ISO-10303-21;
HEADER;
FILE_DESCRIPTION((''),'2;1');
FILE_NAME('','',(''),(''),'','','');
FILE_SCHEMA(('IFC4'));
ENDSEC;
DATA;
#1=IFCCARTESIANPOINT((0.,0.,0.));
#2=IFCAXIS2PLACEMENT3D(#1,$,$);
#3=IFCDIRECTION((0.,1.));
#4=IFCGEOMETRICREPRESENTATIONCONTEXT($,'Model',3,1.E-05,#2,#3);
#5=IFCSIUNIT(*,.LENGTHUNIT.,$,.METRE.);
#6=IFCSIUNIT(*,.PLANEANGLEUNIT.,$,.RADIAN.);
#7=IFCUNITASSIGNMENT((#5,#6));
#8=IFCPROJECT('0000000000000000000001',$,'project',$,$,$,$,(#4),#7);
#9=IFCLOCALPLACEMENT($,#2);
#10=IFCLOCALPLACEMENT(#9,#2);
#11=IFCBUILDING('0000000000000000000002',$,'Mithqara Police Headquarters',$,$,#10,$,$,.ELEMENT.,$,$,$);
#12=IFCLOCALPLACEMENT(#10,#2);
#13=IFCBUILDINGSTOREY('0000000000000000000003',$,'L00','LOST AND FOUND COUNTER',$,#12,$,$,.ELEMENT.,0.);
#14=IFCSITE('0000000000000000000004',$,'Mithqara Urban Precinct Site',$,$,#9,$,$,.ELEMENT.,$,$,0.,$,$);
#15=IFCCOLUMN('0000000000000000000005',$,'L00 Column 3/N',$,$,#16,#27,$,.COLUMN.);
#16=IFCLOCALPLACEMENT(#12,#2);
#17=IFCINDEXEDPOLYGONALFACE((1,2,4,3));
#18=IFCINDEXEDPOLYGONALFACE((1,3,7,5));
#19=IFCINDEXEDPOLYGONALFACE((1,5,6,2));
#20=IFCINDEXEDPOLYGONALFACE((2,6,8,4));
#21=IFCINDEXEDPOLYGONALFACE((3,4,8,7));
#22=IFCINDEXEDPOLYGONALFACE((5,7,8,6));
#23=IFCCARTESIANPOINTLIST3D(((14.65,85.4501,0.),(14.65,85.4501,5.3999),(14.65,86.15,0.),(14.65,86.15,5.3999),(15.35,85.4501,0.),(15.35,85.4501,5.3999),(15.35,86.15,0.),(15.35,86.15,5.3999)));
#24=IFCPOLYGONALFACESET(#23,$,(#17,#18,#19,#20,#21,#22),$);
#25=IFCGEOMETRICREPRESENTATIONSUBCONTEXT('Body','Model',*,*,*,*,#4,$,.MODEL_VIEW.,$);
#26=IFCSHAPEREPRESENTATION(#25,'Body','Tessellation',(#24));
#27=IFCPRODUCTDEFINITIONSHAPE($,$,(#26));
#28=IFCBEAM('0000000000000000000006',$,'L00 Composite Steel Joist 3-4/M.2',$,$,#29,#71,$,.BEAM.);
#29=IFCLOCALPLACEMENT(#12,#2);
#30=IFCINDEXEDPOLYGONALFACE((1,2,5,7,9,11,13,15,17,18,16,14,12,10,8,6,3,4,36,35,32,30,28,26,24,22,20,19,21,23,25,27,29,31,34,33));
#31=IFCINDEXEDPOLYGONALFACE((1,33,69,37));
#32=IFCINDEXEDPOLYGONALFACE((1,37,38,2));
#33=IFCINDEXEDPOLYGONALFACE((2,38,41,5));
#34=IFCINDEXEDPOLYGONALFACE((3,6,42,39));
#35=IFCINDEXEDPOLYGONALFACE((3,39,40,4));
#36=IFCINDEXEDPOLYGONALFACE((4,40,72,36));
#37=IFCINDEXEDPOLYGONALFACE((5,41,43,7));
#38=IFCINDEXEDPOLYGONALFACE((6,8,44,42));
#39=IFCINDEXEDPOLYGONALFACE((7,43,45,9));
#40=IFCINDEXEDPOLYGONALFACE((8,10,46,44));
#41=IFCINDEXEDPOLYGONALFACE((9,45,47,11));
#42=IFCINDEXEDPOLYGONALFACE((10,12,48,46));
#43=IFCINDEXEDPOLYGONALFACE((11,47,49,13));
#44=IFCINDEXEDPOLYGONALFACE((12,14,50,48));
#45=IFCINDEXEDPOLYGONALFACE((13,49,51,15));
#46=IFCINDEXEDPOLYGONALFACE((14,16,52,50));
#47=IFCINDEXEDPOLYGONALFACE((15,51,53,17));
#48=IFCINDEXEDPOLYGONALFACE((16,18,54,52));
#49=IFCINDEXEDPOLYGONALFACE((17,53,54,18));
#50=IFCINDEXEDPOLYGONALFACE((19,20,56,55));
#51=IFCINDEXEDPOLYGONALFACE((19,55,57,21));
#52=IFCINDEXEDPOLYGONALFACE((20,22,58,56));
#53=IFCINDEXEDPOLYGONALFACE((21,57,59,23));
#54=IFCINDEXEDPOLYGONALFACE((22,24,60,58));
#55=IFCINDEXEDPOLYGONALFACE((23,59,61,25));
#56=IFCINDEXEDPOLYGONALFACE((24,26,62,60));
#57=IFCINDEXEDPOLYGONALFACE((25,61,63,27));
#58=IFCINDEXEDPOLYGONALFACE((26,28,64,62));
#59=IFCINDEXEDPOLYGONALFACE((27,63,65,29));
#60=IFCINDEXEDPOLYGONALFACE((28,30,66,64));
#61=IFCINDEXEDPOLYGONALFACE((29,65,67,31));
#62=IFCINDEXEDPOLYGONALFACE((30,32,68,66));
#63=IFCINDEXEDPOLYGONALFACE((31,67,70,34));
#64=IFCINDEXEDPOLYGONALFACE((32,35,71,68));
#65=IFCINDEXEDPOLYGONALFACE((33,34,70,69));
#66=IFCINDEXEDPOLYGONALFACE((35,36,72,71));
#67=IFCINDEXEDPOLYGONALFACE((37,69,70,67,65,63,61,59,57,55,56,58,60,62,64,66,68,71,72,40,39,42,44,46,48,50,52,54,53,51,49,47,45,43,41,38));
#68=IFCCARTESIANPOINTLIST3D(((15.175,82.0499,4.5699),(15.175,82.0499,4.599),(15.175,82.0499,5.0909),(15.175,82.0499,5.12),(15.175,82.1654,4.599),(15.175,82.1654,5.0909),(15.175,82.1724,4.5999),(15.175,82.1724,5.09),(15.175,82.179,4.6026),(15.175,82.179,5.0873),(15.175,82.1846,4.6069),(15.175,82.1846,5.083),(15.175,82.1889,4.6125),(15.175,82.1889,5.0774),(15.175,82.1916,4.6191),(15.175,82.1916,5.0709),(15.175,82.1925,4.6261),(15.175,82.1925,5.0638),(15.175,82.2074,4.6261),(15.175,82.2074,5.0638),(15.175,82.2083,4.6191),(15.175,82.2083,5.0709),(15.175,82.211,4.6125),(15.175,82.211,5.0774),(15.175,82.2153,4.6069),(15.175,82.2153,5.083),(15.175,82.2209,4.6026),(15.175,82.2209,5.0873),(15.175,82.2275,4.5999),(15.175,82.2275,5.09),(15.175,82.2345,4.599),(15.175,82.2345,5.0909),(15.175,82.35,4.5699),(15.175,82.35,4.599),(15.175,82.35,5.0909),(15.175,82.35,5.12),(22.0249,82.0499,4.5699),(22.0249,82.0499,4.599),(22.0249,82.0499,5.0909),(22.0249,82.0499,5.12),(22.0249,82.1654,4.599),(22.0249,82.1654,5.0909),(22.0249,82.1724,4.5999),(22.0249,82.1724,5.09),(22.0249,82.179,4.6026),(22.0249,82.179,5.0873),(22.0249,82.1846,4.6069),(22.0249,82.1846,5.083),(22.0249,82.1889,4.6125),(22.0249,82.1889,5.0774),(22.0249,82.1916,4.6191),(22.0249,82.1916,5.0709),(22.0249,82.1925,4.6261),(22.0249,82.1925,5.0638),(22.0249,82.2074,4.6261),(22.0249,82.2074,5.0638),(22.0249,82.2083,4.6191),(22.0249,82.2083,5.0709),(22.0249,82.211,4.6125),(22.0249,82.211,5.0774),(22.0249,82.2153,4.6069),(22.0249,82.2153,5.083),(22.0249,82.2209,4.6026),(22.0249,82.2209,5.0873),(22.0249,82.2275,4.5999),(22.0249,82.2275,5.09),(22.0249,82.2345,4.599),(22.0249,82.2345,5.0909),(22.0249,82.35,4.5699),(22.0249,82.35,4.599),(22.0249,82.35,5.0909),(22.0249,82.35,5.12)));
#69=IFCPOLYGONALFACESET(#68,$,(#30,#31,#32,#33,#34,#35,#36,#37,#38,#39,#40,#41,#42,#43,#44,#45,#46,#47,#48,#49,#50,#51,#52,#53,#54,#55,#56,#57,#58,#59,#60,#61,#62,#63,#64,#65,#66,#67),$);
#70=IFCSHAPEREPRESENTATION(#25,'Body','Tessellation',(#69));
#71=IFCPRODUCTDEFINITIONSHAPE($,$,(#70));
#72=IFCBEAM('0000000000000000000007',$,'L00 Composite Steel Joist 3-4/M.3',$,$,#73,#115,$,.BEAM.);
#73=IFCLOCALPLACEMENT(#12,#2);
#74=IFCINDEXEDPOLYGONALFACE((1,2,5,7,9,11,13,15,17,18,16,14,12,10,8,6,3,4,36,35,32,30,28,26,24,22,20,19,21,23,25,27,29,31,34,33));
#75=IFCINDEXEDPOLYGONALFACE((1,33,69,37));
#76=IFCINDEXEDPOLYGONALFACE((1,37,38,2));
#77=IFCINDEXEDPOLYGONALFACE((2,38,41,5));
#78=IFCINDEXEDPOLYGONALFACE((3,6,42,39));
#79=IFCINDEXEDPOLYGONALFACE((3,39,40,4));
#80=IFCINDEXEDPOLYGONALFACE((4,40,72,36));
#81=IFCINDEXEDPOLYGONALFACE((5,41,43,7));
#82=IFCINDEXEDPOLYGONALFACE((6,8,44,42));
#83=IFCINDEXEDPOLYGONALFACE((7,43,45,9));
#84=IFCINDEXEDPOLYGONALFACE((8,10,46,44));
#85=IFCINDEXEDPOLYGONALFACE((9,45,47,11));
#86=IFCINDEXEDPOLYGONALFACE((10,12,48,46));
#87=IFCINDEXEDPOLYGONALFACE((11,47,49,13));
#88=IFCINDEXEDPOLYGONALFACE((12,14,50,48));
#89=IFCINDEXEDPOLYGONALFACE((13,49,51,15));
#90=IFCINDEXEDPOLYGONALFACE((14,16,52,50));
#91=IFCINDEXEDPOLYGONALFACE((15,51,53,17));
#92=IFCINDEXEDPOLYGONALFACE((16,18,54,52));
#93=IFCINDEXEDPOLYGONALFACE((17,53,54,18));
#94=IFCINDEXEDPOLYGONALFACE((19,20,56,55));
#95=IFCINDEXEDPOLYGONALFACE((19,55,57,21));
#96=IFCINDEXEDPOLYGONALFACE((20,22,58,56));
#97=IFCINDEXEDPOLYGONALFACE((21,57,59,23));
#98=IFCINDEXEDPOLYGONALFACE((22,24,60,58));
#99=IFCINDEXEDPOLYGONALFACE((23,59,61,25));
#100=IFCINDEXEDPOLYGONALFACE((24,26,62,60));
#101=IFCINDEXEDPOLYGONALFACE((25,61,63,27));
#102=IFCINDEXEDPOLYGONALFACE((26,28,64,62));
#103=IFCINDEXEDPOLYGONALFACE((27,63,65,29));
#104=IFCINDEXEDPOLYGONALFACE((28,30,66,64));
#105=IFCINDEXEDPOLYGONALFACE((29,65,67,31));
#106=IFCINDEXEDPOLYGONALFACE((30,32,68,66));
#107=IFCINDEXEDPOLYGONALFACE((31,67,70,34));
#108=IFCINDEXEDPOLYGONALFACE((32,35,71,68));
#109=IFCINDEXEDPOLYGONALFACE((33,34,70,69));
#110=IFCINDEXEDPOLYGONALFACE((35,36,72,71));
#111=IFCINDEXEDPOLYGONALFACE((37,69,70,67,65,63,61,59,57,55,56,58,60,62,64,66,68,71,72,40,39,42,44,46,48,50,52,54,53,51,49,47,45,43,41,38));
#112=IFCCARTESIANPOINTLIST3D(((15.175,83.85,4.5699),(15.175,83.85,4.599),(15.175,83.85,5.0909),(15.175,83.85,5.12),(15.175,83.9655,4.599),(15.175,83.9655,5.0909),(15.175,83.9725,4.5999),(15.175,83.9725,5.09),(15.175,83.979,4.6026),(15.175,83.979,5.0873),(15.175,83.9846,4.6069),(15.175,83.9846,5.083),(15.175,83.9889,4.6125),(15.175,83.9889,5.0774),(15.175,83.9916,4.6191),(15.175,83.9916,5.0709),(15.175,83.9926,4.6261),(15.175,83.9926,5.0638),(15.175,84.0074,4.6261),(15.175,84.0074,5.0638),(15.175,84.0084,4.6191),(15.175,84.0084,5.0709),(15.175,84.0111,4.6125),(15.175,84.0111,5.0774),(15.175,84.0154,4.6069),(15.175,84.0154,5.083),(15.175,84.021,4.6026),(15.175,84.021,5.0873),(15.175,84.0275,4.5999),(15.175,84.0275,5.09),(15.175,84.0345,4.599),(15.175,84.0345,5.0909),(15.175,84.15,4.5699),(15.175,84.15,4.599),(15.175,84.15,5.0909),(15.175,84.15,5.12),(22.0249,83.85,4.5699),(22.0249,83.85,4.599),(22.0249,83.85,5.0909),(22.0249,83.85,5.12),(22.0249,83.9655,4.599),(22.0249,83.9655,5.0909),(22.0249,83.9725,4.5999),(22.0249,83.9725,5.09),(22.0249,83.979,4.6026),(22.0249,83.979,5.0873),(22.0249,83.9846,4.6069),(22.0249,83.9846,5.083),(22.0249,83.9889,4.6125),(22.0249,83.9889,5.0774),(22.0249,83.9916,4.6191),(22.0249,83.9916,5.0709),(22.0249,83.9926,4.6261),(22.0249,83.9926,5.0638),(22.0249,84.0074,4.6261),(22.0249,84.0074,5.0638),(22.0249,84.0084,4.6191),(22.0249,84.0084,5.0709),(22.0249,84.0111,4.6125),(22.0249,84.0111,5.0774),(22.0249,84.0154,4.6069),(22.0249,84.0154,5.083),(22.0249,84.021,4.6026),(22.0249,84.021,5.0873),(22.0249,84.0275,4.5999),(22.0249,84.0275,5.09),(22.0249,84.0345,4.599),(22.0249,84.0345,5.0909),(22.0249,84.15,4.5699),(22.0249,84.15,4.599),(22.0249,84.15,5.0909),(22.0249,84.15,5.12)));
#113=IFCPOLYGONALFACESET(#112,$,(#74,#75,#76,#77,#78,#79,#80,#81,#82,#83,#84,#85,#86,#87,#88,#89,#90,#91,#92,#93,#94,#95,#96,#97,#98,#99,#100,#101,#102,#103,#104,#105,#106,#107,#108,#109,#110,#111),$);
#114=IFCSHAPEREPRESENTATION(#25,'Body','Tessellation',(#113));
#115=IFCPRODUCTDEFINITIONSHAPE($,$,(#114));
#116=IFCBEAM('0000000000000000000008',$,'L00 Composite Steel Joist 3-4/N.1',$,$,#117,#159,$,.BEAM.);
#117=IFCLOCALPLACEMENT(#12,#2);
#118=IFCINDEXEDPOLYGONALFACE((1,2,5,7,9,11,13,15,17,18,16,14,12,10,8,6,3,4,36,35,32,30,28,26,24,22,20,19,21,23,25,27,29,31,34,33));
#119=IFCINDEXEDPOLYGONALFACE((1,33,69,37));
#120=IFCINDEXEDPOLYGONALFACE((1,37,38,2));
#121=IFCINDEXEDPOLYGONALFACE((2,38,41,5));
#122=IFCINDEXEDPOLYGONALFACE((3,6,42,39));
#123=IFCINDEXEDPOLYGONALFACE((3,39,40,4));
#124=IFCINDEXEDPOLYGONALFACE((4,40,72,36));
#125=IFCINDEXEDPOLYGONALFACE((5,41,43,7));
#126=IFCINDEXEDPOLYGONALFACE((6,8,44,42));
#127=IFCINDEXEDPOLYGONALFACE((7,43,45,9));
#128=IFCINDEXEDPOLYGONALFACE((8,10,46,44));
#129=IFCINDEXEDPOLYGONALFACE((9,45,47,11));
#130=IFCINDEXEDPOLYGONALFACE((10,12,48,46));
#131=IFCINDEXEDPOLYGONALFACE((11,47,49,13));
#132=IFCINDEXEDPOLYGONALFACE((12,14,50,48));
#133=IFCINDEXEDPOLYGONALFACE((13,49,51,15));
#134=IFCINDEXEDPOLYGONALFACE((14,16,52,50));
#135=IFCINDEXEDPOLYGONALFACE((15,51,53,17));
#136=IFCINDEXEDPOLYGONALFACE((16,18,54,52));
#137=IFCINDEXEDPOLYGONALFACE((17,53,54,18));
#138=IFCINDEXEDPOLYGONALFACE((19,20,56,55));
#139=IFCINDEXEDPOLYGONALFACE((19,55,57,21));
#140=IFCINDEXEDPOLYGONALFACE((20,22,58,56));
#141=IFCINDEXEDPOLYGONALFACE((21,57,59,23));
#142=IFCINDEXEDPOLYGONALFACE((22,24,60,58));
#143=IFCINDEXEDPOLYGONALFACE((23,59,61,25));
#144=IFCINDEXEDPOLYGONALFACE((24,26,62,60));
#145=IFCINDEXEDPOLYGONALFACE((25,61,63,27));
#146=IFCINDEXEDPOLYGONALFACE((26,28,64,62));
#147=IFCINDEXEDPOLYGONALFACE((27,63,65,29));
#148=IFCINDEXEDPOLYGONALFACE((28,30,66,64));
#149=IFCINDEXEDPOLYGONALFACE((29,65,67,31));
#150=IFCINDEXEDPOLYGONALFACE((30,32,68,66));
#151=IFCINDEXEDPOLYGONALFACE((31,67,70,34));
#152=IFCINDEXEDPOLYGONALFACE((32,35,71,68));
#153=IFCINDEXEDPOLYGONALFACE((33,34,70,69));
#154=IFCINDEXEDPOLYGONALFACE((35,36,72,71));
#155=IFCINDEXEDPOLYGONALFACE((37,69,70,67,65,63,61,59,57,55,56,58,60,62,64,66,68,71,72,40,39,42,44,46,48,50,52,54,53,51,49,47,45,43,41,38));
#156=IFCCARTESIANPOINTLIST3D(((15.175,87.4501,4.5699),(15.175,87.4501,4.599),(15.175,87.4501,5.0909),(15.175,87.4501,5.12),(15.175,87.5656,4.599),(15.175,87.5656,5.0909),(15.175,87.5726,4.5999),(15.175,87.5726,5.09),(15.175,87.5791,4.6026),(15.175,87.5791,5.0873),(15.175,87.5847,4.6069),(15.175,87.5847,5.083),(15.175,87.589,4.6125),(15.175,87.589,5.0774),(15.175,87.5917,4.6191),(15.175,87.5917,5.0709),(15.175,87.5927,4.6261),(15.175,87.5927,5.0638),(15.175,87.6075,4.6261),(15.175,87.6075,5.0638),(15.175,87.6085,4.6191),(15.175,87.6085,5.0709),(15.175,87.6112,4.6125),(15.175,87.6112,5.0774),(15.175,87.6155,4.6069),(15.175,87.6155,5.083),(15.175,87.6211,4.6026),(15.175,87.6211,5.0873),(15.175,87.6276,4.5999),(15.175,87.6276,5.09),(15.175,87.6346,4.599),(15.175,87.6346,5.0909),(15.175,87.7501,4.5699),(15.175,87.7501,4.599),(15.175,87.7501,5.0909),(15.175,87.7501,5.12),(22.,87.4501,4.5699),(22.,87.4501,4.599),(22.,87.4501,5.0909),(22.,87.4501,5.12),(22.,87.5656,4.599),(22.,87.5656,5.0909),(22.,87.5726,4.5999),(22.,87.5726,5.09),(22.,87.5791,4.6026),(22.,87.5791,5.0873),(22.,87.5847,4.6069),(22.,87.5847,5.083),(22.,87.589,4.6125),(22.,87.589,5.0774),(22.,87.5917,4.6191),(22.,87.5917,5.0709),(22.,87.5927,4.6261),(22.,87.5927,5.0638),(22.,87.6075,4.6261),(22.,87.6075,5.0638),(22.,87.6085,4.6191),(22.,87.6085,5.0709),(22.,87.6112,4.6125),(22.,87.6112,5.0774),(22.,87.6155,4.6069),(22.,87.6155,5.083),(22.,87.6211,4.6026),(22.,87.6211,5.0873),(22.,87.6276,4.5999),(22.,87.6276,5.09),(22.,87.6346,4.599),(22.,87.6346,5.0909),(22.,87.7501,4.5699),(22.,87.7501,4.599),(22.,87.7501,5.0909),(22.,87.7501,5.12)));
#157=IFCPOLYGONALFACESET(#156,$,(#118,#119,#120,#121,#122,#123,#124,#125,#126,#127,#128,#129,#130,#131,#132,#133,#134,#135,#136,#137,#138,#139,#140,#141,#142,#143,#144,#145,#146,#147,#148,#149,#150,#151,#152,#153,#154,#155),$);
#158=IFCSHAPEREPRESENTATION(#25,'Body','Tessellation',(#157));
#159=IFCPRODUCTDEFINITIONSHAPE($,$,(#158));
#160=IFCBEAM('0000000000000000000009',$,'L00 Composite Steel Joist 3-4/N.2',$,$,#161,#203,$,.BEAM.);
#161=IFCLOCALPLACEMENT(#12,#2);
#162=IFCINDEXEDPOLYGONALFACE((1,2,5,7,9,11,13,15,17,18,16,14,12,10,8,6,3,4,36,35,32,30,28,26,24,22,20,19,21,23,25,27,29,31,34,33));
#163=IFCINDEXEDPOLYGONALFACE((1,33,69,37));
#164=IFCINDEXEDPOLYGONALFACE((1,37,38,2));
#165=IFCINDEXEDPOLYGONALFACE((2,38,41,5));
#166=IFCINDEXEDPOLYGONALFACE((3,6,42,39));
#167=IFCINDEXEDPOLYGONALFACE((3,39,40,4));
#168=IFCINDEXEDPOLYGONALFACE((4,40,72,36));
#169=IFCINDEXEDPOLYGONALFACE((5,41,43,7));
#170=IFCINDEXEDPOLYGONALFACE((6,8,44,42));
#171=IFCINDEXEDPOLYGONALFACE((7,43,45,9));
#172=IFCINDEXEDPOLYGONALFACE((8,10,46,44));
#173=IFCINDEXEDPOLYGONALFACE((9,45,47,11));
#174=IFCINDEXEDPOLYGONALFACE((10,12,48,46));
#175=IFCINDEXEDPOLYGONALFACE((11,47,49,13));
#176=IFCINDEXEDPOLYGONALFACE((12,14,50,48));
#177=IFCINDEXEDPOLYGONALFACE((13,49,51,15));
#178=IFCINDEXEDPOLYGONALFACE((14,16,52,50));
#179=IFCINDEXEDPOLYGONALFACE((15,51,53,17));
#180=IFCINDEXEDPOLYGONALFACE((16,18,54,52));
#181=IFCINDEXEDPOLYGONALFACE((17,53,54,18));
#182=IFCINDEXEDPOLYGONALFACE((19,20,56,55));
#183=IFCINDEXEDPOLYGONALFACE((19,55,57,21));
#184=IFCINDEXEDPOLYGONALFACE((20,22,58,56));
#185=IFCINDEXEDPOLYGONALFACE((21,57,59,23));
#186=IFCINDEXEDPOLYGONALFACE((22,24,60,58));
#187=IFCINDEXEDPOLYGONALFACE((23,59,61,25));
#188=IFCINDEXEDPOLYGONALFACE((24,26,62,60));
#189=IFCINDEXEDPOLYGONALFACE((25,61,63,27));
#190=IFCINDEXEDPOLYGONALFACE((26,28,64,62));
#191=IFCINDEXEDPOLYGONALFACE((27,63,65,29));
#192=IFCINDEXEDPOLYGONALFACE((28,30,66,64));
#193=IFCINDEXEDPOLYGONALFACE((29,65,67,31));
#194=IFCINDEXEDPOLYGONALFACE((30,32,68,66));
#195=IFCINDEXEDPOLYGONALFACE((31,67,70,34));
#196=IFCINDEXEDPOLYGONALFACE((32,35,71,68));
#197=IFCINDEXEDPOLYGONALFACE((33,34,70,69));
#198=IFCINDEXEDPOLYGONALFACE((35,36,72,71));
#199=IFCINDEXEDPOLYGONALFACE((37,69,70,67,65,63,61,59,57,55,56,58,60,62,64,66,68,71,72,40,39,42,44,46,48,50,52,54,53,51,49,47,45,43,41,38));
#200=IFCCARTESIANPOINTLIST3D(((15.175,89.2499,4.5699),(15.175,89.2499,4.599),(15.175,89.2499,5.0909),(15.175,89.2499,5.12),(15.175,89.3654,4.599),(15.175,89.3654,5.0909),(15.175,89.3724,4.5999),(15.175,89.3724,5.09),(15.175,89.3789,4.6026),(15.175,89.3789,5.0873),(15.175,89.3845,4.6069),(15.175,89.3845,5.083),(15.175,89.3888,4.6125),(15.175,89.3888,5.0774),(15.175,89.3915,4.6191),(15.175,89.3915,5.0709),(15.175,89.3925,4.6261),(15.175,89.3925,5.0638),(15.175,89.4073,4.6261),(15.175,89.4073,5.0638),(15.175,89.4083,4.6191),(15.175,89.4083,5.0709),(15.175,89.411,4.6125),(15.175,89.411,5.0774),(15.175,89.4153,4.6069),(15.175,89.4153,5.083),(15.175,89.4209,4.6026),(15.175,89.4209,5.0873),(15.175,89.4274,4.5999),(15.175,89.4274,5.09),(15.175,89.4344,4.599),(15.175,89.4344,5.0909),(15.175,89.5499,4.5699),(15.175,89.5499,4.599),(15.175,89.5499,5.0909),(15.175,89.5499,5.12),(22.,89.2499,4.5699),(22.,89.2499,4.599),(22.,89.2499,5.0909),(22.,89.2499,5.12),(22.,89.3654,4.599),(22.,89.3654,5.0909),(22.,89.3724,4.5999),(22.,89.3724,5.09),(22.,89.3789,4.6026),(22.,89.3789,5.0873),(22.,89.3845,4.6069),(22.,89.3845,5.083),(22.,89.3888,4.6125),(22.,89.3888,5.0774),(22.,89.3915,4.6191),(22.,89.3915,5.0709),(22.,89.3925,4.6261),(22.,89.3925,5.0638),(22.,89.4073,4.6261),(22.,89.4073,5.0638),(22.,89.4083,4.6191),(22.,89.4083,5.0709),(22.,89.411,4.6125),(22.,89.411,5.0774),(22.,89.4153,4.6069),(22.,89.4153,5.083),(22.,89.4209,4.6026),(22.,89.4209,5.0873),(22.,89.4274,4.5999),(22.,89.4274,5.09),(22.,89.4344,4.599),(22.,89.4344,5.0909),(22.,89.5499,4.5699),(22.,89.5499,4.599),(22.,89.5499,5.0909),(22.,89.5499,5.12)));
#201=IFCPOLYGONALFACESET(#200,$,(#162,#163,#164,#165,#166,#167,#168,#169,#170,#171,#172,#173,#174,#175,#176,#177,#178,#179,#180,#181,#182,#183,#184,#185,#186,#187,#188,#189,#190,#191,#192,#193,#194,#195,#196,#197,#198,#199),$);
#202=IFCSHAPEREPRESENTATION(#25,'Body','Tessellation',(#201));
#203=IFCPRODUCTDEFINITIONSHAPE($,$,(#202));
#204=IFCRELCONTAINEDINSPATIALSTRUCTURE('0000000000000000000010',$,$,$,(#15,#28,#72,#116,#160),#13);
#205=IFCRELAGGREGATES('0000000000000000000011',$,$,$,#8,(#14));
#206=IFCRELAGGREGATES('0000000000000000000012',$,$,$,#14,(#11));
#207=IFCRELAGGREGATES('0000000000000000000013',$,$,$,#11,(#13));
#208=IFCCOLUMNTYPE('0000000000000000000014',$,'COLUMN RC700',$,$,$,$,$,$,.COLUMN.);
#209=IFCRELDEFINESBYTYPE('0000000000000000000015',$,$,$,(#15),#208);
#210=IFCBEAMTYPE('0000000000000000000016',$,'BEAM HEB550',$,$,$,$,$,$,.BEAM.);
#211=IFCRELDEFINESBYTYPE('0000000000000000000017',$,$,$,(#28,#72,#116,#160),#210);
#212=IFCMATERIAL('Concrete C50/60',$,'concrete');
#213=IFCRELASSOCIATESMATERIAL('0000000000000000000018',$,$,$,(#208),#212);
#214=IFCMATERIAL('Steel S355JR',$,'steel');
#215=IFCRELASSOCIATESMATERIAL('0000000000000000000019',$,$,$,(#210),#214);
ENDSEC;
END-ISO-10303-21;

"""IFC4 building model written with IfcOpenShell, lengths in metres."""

from ifc_helpers import new_model, si_unit, direction, frame, origin, origin_2d, place, context, subcontext, project, spatial, rectangle, i_section, extrude, material, material_profile, profile_set, type_object, element, save


model = new_model("IFC4")

# Units and contexts
model_context = context("Model", 3, precision=1e-05, world=origin(), true_north=direction((0.0, 1.0)))
body_context = subcontext(model_context, "Body", "Model", "MODEL_VIEW")
ifc_project = project(units=[si_unit("LENGTHUNIT", "METRE"), si_unit("PLANEANGLEUNIT", "RADIAN")], contexts=[model_context])

# Site, building, storey
site_placement = place(None, origin())
site = spatial("IfcSite", under=ifc_project, at=site_placement, Name="Mithqara Urban Precinct Site", CompositionType="ELEMENT", RefElevation=0.0)
building_placement = place(site_placement, origin())
building = spatial("IfcBuilding", under=site, at=building_placement, Name="Mithqara Police Headquarters", CompositionType="ELEMENT")
storey_placement = place(building_placement, origin())
storey = spatial("IfcBuildingStorey", under=building, at=storey_placement, Name="L00", Description="LOST AND FOUND COUNTER", CompositionType="ELEMENT", Elevation=0.0)

# Column
ifc_material_1 = material(Name="Concrete C50/60", Category="concrete")
ifc_material_profile_1 = material_profile(ifc_material_1, rectangle(XDim=0.7, YDim=0.7, at=origin_2d()), Name="RC 700x700")
ifc_profile_set_1 = profile_set([ifc_material_profile_1], Name="Concrete C50/60")
column_type = type_object("IfcColumnType", Name="COLUMN RC700", PredefinedType="COLUMN", material=ifc_profile_set_1)
column_placement = place(storey_placement, frame((15.0, 85.8, 0.0), z_axis=(0.0, 0.0, 1.0), x_axis=(1.0, 0.0, 0.0)))
element("IfcColumn", 1, at=column_placement, inside=storey, type_object=column_type, Name="L00 Column 3/N", PredefinedType="COLUMN", context=body_context, shape_type="SweptSolid", body=[
    extrude(rectangle(XDim=0.7, YDim=0.7, at=origin_2d()), origin(), (0.0, 0.0, 1.0), 5.3999),
])

# Beams
ifc_material_2 = material(Name="Steel S355JR", Category="steel")
ifc_material_profile_2 = material_profile(ifc_material_2, i_section(OverallWidth=0.3, OverallDepth=0.55, WebThickness=0.0149, FlangeThickness=0.0291, FilletRadius=0.0271, at=origin_2d()), Name="HEB 550")
ifc_profile_set_2 = profile_set([ifc_material_profile_2], Name="Steel S355JR")
beam_type_1 = type_object("IfcBeamType", Name="BEAM HEB550", PredefinedType="BEAM", material=ifc_profile_set_2)
for number, where, z_axis, x_axis, name in (
    (2, (15.175, 82.2, 4.845), (1.0, 0.0, 0.0), (0.0, 1.0, 0.0), "L00 Composite Steel Joist 3-4/M.2"),
    (3, (15.175, 84.0, 4.845), (1.0, 0.0, 0.0), (0.0, 1.0, 0.0), "L00 Composite Steel Joist 3-4/M.3"),
):
    element("IfcBeam", number, at=place(storey_placement, frame(where, z_axis=z_axis, x_axis=x_axis)), inside=storey, type_object=beam_type_1, Name=name, PredefinedType="BEAM", context=body_context, shape_type="SweptSolid", body=[
        extrude(i_section(OverallWidth=0.3, OverallDepth=0.55, WebThickness=0.0149, FlangeThickness=0.0291, FilletRadius=0.0271, at=origin_2d()), origin(), (0.0, 0.0, 1.0), 6.8499),
    ])
for number, where, z_axis, x_axis, name in (
    (4, (15.175, 87.6001, 4.845), (1.0, 0.0, 0.0), (0.0, 1.0, 0.0), "L00 Composite Steel Joist 3-4/N.1"),
    (5, (15.175, 89.3999, 4.845), (1.0, 0.0, 0.0), (0.0, 1.0, 0.0), "L00 Composite Steel Joist 3-4/N.2"),
):
    element("IfcBeam", number, at=place(storey_placement, frame(where, z_axis=z_axis, x_axis=x_axis)), inside=storey, type_object=beam_type_1, Name=name, PredefinedType="BEAM", context=body_context, shape_type="SweptSolid", body=[
        extrude(i_section(OverallWidth=0.3, OverallDepth=0.55, WebThickness=0.0149, FlangeThickness=0.0291, FilletRadius=0.0271, at=origin_2d()), origin(), (0.0, 0.0, 1.0), 6.825),
    ])

save(model, "model.ifc")
